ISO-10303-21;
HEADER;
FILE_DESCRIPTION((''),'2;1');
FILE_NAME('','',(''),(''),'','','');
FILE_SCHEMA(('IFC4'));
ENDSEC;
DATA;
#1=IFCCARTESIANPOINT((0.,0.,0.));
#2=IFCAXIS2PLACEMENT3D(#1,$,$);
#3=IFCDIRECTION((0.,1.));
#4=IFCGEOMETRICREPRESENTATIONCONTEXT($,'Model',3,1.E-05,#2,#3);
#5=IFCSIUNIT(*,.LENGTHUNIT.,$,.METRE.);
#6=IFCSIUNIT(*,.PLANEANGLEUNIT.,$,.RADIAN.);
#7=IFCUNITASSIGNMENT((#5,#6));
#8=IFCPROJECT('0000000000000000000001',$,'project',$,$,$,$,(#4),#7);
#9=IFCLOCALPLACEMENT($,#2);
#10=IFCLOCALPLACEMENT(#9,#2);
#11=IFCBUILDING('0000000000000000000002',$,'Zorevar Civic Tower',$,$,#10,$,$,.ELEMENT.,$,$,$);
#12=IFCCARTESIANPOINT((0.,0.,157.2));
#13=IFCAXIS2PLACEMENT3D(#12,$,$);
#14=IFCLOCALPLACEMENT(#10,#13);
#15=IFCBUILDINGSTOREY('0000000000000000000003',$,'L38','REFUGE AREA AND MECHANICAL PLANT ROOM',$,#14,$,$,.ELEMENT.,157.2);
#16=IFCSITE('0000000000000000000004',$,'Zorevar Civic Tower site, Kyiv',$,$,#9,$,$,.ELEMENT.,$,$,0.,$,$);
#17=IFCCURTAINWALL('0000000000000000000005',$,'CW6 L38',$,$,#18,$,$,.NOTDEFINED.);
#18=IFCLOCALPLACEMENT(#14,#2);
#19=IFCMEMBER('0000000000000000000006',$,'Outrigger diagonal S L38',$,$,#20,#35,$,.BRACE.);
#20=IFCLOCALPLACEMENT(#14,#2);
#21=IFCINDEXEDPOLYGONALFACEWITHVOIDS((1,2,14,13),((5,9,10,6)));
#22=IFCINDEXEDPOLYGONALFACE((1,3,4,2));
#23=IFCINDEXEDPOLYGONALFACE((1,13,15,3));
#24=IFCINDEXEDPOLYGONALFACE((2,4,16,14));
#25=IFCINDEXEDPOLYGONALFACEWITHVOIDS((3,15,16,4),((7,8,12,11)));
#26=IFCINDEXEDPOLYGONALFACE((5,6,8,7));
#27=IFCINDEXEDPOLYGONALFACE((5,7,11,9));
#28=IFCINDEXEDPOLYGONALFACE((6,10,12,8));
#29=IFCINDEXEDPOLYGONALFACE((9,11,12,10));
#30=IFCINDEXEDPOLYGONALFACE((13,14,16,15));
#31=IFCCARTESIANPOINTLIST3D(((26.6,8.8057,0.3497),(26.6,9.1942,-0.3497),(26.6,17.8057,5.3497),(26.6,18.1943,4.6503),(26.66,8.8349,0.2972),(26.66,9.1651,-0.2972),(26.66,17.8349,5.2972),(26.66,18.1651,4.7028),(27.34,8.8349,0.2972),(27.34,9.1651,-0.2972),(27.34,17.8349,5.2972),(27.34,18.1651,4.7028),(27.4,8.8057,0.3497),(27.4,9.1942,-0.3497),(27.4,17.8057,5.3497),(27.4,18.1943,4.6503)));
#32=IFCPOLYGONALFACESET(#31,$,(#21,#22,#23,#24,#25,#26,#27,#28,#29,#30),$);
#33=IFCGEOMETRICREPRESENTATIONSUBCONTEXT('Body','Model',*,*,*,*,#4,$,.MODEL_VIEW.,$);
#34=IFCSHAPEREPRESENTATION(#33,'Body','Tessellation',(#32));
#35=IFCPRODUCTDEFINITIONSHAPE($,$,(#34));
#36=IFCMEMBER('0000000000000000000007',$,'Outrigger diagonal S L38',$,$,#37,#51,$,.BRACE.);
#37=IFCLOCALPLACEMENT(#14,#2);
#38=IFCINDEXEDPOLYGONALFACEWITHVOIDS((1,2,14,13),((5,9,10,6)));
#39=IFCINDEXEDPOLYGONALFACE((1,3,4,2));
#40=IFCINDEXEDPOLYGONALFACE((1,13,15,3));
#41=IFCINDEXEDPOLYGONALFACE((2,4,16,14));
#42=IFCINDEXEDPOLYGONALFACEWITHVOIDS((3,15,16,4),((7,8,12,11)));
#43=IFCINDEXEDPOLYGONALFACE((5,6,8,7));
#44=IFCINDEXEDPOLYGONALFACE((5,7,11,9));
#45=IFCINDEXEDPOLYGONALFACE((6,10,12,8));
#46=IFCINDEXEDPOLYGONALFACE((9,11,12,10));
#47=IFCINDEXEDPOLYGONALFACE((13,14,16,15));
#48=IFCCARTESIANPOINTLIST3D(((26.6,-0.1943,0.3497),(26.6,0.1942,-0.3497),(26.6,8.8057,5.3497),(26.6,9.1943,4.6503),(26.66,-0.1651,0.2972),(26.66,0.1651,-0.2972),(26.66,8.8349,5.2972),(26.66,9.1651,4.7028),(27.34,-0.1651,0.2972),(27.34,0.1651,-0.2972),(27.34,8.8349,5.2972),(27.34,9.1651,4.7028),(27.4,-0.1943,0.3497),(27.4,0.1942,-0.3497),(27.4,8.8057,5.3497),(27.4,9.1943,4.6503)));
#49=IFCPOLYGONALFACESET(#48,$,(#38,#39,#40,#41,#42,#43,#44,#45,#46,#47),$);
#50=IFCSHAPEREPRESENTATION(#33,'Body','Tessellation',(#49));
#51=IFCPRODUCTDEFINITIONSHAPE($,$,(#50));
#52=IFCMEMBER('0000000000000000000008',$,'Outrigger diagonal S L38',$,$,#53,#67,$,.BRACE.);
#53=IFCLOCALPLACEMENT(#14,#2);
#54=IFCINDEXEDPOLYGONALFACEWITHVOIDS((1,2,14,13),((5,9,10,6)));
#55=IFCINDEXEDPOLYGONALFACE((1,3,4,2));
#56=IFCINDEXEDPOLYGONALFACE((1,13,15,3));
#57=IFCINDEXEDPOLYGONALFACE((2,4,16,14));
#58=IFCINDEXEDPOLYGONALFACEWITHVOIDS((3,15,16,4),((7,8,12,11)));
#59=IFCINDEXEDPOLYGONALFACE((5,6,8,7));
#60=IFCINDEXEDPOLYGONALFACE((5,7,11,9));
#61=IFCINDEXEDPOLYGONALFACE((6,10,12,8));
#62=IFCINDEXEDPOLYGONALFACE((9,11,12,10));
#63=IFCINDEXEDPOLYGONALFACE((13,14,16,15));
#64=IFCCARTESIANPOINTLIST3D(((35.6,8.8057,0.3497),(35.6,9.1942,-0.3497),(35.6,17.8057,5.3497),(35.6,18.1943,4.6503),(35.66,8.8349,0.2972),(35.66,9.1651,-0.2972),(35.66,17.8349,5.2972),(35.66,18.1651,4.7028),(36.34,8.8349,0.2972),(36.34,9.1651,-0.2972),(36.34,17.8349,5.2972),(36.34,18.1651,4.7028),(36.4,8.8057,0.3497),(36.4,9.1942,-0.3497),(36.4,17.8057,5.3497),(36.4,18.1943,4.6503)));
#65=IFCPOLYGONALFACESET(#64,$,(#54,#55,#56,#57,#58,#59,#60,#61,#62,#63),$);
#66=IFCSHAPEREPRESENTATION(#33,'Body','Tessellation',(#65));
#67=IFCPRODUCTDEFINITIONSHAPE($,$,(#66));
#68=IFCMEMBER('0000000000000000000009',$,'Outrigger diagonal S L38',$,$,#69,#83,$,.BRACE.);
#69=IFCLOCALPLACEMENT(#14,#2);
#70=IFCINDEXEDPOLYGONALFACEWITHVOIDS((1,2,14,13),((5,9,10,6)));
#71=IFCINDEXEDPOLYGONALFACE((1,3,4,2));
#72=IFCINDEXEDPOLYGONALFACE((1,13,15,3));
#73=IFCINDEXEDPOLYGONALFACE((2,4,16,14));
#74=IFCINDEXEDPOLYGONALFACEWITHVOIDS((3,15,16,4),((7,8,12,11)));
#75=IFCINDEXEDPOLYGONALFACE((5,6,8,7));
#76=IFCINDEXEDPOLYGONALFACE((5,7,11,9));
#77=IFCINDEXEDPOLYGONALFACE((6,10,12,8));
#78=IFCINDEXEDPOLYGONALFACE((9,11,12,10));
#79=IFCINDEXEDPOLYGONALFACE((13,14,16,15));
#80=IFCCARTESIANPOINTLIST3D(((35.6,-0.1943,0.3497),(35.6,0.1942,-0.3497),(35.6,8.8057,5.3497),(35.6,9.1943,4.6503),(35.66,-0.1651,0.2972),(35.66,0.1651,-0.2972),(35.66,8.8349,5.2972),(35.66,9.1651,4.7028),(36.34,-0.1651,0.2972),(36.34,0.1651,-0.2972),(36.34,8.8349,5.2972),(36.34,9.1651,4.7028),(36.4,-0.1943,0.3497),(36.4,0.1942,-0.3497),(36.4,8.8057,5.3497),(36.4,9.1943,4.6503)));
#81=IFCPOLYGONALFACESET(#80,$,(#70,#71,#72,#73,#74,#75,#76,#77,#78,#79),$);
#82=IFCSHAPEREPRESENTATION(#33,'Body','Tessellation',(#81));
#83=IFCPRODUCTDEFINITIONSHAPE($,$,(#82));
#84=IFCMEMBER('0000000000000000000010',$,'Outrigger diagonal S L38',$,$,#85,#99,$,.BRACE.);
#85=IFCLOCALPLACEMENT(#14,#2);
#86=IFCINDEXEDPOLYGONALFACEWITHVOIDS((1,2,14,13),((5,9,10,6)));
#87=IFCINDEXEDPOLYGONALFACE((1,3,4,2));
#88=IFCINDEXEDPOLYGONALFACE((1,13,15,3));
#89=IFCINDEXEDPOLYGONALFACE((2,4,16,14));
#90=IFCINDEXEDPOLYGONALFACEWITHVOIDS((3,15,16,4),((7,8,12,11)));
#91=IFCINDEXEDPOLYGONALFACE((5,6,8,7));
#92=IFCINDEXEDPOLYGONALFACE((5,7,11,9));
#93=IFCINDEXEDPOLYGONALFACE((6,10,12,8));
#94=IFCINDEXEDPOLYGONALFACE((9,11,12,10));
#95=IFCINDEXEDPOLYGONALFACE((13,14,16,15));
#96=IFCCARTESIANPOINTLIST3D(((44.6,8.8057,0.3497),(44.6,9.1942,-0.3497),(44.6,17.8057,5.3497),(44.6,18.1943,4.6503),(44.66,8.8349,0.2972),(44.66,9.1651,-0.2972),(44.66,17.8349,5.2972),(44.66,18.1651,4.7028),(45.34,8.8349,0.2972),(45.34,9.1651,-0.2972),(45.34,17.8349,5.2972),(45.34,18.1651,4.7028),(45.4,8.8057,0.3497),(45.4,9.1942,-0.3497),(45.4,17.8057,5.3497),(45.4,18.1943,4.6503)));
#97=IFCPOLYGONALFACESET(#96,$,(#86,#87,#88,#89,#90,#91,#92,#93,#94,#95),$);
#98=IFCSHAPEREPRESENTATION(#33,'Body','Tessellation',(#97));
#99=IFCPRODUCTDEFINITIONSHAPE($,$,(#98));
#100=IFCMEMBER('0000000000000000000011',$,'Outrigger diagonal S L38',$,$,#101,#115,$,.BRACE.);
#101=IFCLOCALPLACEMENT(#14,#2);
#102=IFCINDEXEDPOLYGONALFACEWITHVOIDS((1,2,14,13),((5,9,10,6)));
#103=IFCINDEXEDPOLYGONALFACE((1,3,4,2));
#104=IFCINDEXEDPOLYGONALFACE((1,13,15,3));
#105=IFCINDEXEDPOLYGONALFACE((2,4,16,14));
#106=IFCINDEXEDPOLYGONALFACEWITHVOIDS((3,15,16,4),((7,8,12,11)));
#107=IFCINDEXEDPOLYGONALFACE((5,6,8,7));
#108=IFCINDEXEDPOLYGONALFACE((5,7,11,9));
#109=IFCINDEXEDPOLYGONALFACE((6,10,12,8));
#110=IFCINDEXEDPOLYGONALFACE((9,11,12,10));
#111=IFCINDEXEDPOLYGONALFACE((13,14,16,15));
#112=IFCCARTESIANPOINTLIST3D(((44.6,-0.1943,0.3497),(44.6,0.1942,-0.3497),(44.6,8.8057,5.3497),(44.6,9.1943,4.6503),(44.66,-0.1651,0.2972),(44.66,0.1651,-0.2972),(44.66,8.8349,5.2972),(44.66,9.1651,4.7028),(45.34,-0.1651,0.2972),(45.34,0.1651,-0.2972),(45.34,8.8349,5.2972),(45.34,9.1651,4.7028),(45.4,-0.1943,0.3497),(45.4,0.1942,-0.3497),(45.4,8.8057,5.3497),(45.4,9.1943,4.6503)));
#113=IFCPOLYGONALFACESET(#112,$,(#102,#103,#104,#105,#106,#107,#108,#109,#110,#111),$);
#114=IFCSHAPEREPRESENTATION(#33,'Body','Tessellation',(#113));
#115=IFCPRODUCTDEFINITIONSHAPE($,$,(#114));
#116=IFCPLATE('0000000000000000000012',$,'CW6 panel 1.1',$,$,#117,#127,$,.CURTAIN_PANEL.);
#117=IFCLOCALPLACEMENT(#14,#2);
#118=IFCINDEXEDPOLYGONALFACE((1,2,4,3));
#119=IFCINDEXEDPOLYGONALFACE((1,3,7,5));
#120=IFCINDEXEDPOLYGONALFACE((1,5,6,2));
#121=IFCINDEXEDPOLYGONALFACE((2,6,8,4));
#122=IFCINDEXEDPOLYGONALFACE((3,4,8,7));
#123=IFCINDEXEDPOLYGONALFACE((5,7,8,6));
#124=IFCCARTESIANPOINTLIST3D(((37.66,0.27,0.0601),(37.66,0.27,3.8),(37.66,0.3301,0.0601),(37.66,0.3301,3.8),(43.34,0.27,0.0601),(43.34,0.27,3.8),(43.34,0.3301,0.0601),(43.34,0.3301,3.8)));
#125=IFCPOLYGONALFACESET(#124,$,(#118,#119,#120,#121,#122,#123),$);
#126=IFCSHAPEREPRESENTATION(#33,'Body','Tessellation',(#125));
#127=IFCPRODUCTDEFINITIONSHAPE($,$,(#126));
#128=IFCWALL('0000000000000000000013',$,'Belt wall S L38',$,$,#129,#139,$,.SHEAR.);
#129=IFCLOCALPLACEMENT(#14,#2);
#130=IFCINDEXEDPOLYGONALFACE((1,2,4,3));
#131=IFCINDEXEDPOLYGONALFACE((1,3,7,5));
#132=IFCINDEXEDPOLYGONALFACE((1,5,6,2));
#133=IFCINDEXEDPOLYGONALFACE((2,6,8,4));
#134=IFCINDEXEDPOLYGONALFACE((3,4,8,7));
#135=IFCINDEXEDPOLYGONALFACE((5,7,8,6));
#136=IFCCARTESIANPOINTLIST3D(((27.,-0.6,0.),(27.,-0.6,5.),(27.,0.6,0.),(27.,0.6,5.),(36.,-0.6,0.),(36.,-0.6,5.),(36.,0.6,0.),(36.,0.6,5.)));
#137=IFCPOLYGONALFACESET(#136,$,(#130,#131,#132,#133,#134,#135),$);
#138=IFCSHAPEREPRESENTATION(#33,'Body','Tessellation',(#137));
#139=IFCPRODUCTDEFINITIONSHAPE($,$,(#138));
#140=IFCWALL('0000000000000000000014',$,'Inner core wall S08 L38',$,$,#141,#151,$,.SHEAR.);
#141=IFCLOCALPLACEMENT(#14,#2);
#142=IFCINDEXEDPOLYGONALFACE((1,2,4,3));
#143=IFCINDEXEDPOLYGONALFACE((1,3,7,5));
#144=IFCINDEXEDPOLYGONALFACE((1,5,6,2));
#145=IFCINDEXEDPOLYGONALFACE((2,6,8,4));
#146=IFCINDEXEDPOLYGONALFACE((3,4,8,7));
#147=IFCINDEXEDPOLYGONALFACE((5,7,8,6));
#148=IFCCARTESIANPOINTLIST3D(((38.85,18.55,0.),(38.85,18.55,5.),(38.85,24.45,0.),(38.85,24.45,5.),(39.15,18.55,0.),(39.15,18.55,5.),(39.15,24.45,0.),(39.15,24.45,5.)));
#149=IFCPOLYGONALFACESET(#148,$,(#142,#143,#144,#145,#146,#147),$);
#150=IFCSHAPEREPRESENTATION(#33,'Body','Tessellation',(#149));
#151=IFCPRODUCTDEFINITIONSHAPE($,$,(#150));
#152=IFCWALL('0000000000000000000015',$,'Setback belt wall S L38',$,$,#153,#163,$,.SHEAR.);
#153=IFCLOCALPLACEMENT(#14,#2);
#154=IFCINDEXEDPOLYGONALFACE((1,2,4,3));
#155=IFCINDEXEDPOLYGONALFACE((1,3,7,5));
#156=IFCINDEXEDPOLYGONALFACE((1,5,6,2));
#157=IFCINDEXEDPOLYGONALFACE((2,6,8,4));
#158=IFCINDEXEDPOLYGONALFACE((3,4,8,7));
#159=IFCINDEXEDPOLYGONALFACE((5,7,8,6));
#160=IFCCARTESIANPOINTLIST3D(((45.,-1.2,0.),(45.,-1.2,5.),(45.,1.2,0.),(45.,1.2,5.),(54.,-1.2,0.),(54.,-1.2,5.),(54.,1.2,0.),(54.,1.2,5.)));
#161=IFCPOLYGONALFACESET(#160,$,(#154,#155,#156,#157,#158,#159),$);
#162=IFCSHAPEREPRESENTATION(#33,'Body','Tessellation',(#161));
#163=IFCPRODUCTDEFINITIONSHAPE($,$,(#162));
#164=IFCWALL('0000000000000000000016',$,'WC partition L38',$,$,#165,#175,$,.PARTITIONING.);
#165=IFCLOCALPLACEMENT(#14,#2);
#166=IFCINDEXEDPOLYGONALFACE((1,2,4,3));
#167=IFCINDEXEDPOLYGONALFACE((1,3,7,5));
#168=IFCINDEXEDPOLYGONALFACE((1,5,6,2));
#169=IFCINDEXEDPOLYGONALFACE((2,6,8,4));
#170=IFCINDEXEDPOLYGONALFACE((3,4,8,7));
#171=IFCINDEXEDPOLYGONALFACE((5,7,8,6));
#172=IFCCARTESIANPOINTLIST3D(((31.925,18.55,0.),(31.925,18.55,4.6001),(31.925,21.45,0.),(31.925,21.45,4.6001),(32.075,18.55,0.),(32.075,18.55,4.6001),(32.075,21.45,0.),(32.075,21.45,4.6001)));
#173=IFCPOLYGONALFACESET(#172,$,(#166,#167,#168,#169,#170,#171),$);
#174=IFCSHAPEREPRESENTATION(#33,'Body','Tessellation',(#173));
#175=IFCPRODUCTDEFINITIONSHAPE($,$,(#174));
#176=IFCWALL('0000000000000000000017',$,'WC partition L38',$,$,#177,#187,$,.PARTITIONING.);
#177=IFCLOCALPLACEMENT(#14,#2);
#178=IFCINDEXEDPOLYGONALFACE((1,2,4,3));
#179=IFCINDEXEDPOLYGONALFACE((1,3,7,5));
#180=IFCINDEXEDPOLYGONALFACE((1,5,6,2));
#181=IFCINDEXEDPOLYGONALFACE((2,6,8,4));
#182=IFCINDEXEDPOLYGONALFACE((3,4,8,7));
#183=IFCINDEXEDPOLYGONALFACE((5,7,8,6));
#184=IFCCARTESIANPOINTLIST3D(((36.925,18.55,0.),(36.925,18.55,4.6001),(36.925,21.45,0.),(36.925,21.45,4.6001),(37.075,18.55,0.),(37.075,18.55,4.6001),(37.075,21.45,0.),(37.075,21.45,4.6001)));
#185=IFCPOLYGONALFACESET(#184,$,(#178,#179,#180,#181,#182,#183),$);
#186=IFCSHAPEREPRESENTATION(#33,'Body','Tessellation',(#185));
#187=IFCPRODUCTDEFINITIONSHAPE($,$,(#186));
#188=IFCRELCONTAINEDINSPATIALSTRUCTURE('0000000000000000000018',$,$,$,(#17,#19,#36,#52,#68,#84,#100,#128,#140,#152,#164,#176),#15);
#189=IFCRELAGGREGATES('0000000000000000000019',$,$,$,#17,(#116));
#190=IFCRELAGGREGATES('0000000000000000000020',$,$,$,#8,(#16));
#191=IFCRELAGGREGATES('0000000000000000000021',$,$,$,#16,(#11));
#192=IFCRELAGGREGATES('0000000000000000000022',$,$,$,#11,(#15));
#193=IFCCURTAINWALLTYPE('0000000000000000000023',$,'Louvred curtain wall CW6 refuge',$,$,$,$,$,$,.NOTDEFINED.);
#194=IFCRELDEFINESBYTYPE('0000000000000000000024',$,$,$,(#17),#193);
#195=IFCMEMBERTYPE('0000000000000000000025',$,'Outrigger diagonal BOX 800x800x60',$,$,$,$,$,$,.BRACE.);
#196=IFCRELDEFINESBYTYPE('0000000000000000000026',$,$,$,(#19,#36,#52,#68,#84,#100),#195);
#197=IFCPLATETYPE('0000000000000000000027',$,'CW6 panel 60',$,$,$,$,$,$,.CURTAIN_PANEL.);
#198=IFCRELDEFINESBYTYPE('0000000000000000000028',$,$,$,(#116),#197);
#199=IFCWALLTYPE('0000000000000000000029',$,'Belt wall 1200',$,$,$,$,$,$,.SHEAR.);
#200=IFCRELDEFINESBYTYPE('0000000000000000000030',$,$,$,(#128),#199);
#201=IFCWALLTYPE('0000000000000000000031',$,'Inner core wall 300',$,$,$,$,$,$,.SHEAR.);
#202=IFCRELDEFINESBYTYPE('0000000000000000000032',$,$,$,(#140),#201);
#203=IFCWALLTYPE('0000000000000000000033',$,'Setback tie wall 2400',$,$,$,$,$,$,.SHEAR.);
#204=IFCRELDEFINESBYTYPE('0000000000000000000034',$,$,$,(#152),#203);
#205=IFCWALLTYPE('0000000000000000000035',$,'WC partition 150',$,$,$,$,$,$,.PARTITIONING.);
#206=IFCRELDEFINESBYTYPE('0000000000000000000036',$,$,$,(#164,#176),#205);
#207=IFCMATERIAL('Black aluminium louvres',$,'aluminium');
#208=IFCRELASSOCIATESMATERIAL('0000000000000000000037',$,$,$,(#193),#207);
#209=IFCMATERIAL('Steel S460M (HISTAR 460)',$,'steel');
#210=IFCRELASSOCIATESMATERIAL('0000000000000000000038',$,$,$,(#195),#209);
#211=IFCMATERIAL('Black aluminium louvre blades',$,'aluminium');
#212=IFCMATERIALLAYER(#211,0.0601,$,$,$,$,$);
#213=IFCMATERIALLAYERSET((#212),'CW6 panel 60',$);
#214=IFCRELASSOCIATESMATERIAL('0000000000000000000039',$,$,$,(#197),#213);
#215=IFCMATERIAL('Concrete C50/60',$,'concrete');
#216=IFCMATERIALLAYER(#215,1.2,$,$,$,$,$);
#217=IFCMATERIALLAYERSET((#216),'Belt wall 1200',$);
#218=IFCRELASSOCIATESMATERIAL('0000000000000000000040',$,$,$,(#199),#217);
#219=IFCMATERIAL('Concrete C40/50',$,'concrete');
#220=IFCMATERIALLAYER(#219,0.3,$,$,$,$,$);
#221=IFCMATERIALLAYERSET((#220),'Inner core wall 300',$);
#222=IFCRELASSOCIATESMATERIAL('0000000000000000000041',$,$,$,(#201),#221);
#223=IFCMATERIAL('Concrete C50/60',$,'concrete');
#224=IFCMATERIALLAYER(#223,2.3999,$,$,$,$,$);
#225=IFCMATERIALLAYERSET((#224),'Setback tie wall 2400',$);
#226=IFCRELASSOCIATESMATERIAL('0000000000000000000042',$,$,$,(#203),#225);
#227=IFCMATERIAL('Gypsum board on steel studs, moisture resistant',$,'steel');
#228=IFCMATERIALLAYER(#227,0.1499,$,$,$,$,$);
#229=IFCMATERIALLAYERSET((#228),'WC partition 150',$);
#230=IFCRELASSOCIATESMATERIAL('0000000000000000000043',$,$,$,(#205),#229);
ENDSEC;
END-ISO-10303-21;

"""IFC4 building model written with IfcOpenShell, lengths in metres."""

from ifc_helpers import new_model, si_unit, direction, frame, frame_2d, origin, origin_2d, place, context, subcontext, project, spatial, rectangle, hollow_rectangle, extrude, material, layer, layer_set, material_profile, profile_set, type_object, element, aggregate, save


model = new_model("IFC4")

# Units and contexts
model_context = context("Model", 3, precision=1e-05, world=origin(), true_north=direction((0.0, 1.0)))
body_context = subcontext(model_context, "Body", "Model", "MODEL_VIEW")
ifc_project = project(units=[si_unit("LENGTHUNIT", "METRE"), si_unit("PLANEANGLEUNIT", "RADIAN")], contexts=[model_context])

# Site, building, storey
site_placement = place(None, origin())
site = spatial("IfcSite", under=ifc_project, at=site_placement, Name="Zorevar Civic Tower site, Kyiv", CompositionType="ELEMENT", RefElevation=0.0)
building_placement = place(site_placement, origin())
building = spatial("IfcBuilding", under=site, at=building_placement, Name="Zorevar Civic Tower", CompositionType="ELEMENT")
storey_placement = place(building_placement, frame((0.0, 0.0, 157.2)))
storey = spatial("IfcBuildingStorey", under=building, at=storey_placement, Name="L38", Description="REFUGE AREA AND MECHANICAL PLANT ROOM", CompositionType="ELEMENT", Elevation=157.2)

# Curtain wall
ifc_material_1 = material(Name="Black aluminium louvres", Category="aluminium")
curtain_wall_type = type_object("IfcCurtainWallType", Name="Louvred curtain wall CW6 refuge", PredefinedType="NOTDEFINED", material=ifc_material_1)
curtain_wall_placement = place(storey_placement, origin())
curtain_wall = element("IfcCurtainWall", 1, at=curtain_wall_placement, inside=storey, type_object=curtain_wall_type, Name="CW6 L38", PredefinedType="NOTDEFINED")

# Members
ifc_material_2 = material(Name="Steel S460M (HISTAR 460)", Category="steel")
ifc_material_profile_1 = material_profile(ifc_material_2, hollow_rectangle(XDim=0.8, YDim=0.8, WallThickness=0.0601, at=origin_2d()), Name="BOX 800x800x60")
ifc_profile_set_1 = profile_set([ifc_material_profile_1], Name="Steel S460M (HISTAR 460)")
member_type_1 = type_object("IfcMemberType", Name="Outrigger diagonal BOX 800x800x60", PredefinedType="BRACE", material=ifc_profile_set_1)
for number, where, z_axis, x_axis, name in (
    (2, (27.0, 18.0, 5.0), (0.0, -0.874157, -0.485643), (1.0, 0.0, 0.0), "Outrigger diagonal S L38"),
    (3, (27.0, 9.0, 5.0), (0.0, -0.874157, -0.485643), (1.0, 0.0, 0.0), "Outrigger diagonal S L38"),
    (4, (36.0, 18.0, 5.0), (0.0, -0.874157, -0.485643), (1.0, 0.0, 0.0), "Outrigger diagonal S L38"),
    (5, (36.0, 9.0, 5.0), (0.0, -0.874157, -0.485643), (1.0, 0.0, 0.0), "Outrigger diagonal S L38"),
    (6, (45.0, 18.0, 5.0), (0.0, -0.874157, -0.485643), (1.0, 0.0, 0.0), "Outrigger diagonal S L38"),
    (7, (45.0, 9.0, 5.0), (0.0, -0.874157, -0.485643), (1.0, 0.0, 0.0), "Outrigger diagonal S L38"),
):
    element("IfcMember", number, at=place(storey_placement, frame(where, z_axis=z_axis, x_axis=x_axis)), inside=storey, type_object=member_type_1, Name=name, PredefinedType="BRACE", context=body_context, shape_type="SweptSolid", body=[
        extrude(hollow_rectangle(XDim=0.8, YDim=0.8, WallThickness=0.0601, at=origin_2d()), origin(), (0.0, 0.0, 1.0), 10.2957),
    ])

# Plate
ifc_material_3 = material(Name="Black aluminium louvre blades", Category="aluminium")
ifc_layer_1 = layer(ifc_material_3, 0.0601)
ifc_layer_set_1 = layer_set([ifc_layer_1], Name="CW6 panel 60")
plate_type = type_object("IfcPlateType", Name="CW6 panel 60", PredefinedType="CURTAIN_PANEL", material=ifc_layer_set_1)
plate_placement = place(storey_placement, frame((40.5, 0.3, 0.0601), z_axis=(0.0, 0.0, 1.0), x_axis=(1.0, 0.0, 0.0)))
plate = element("IfcPlate", 8, at=plate_placement, type_object=plate_type, Name="CW6 panel 1.1", PredefinedType="CURTAIN_PANEL", context=body_context, shape_type="SweptSolid", body=[
    extrude(rectangle(XDim=5.6799, YDim=0.0601, at=origin_2d()), origin(), (0.0, 0.0, 1.0), 3.74),
])
aggregate(curtain_wall, [plate])

# Walls
ifc_material_4 = material(Name="Concrete C50/60", Category="concrete")
ifc_layer_2 = layer(ifc_material_4, 1.2)
ifc_layer_set_2 = layer_set([ifc_layer_2], Name="Belt wall 1200")
wall_type_1 = type_object("IfcWallType", Name="Belt wall 1200", PredefinedType="SHEAR", material=ifc_layer_set_2)
wall_1_placement = place(storey_placement, frame((27.0, 0.0, 0.0), z_axis=(0.0, 0.0, 1.0), x_axis=(1.0, 0.0, 0.0)))
element("IfcWall", 9, at=wall_1_placement, inside=storey, type_object=wall_type_1, Name="Belt wall S L38", PredefinedType="SHEAR", context=body_context, shape_type="SweptSolid", body=[
    extrude(rectangle(XDim=9.0, YDim=1.2, at=frame_2d((4.5, 0.0))), origin(), (0.0, 0.0, 1.0), 5.0),
])
ifc_material_5 = material(Name="Concrete C40/50", Category="concrete")
ifc_layer_3 = layer(ifc_material_5, 0.3)
ifc_layer_set_3 = layer_set([ifc_layer_3], Name="Inner core wall 300")
wall_type_2 = type_object("IfcWallType", Name="Inner core wall 300", PredefinedType="SHEAR", material=ifc_layer_set_3)
wall_2_placement = place(storey_placement, frame((39.0, 18.55, 0.0), z_axis=(0.0, 0.0, 1.0), x_axis=(0.0, 1.0, 0.0)))
element("IfcWall", 10, at=wall_2_placement, inside=storey, type_object=wall_type_2, Name="Inner core wall S08 L38", PredefinedType="SHEAR", context=body_context, shape_type="SweptSolid", body=[
    extrude(rectangle(XDim=5.8999, YDim=0.3, at=frame_2d((2.95, 0.0))), origin(), (0.0, 0.0, 1.0), 5.0),
])
ifc_material_6 = material(Name="Concrete C50/60", Category="concrete")
ifc_layer_4 = layer(ifc_material_6, 2.3999)
ifc_layer_set_4 = layer_set([ifc_layer_4], Name="Setback tie wall 2400")
wall_type_3 = type_object("IfcWallType", Name="Setback tie wall 2400", PredefinedType="SHEAR", material=ifc_layer_set_4)
wall_3_placement = place(storey_placement, frame((45.0, 0.0, 0.0), z_axis=(0.0, 0.0, 1.0), x_axis=(1.0, 0.0, 0.0)))
element("IfcWall", 11, at=wall_3_placement, inside=storey, type_object=wall_type_3, Name="Setback belt wall S L38", PredefinedType="SHEAR", context=body_context, shape_type="SweptSolid", body=[
    extrude(rectangle(XDim=9.0, YDim=2.3999, at=frame_2d((4.5, 0.0))), origin(), (0.0, 0.0, 1.0), 5.0),
])
ifc_material_7 = material(Name="Gypsum board on steel studs, moisture resistant", Category="steel")
ifc_layer_5 = layer(ifc_material_7, 0.1499)
ifc_layer_set_5 = layer_set([ifc_layer_5], Name="WC partition 150")
wall_type_4 = type_object("IfcWallType", Name="WC partition 150", PredefinedType="PARTITIONING", material=ifc_layer_set_5)
for number, where, z_axis, x_axis, name in (
    (12, (32.0, 18.55, 0.0), (0.0, 0.0, 1.0), (0.0, 1.0, 0.0), "WC partition L38"),
    (13, (37.0, 18.55, 0.0), (0.0, 0.0, 1.0), (0.0, 1.0, 0.0), "WC partition L38"),
):
    element("IfcWall", number, at=place(storey_placement, frame(where, z_axis=z_axis, x_axis=x_axis)), inside=storey, type_object=wall_type_4, Name=name, PredefinedType="PARTITIONING", context=body_context, shape_type="SweptSolid", body=[
        extrude(rectangle(XDim=2.8999, YDim=0.1499, at=frame_2d((1.45, 0.0))), origin(), (0.0, 0.0, 1.0), 4.6001),
    ])

save(model, "model.ifc")
